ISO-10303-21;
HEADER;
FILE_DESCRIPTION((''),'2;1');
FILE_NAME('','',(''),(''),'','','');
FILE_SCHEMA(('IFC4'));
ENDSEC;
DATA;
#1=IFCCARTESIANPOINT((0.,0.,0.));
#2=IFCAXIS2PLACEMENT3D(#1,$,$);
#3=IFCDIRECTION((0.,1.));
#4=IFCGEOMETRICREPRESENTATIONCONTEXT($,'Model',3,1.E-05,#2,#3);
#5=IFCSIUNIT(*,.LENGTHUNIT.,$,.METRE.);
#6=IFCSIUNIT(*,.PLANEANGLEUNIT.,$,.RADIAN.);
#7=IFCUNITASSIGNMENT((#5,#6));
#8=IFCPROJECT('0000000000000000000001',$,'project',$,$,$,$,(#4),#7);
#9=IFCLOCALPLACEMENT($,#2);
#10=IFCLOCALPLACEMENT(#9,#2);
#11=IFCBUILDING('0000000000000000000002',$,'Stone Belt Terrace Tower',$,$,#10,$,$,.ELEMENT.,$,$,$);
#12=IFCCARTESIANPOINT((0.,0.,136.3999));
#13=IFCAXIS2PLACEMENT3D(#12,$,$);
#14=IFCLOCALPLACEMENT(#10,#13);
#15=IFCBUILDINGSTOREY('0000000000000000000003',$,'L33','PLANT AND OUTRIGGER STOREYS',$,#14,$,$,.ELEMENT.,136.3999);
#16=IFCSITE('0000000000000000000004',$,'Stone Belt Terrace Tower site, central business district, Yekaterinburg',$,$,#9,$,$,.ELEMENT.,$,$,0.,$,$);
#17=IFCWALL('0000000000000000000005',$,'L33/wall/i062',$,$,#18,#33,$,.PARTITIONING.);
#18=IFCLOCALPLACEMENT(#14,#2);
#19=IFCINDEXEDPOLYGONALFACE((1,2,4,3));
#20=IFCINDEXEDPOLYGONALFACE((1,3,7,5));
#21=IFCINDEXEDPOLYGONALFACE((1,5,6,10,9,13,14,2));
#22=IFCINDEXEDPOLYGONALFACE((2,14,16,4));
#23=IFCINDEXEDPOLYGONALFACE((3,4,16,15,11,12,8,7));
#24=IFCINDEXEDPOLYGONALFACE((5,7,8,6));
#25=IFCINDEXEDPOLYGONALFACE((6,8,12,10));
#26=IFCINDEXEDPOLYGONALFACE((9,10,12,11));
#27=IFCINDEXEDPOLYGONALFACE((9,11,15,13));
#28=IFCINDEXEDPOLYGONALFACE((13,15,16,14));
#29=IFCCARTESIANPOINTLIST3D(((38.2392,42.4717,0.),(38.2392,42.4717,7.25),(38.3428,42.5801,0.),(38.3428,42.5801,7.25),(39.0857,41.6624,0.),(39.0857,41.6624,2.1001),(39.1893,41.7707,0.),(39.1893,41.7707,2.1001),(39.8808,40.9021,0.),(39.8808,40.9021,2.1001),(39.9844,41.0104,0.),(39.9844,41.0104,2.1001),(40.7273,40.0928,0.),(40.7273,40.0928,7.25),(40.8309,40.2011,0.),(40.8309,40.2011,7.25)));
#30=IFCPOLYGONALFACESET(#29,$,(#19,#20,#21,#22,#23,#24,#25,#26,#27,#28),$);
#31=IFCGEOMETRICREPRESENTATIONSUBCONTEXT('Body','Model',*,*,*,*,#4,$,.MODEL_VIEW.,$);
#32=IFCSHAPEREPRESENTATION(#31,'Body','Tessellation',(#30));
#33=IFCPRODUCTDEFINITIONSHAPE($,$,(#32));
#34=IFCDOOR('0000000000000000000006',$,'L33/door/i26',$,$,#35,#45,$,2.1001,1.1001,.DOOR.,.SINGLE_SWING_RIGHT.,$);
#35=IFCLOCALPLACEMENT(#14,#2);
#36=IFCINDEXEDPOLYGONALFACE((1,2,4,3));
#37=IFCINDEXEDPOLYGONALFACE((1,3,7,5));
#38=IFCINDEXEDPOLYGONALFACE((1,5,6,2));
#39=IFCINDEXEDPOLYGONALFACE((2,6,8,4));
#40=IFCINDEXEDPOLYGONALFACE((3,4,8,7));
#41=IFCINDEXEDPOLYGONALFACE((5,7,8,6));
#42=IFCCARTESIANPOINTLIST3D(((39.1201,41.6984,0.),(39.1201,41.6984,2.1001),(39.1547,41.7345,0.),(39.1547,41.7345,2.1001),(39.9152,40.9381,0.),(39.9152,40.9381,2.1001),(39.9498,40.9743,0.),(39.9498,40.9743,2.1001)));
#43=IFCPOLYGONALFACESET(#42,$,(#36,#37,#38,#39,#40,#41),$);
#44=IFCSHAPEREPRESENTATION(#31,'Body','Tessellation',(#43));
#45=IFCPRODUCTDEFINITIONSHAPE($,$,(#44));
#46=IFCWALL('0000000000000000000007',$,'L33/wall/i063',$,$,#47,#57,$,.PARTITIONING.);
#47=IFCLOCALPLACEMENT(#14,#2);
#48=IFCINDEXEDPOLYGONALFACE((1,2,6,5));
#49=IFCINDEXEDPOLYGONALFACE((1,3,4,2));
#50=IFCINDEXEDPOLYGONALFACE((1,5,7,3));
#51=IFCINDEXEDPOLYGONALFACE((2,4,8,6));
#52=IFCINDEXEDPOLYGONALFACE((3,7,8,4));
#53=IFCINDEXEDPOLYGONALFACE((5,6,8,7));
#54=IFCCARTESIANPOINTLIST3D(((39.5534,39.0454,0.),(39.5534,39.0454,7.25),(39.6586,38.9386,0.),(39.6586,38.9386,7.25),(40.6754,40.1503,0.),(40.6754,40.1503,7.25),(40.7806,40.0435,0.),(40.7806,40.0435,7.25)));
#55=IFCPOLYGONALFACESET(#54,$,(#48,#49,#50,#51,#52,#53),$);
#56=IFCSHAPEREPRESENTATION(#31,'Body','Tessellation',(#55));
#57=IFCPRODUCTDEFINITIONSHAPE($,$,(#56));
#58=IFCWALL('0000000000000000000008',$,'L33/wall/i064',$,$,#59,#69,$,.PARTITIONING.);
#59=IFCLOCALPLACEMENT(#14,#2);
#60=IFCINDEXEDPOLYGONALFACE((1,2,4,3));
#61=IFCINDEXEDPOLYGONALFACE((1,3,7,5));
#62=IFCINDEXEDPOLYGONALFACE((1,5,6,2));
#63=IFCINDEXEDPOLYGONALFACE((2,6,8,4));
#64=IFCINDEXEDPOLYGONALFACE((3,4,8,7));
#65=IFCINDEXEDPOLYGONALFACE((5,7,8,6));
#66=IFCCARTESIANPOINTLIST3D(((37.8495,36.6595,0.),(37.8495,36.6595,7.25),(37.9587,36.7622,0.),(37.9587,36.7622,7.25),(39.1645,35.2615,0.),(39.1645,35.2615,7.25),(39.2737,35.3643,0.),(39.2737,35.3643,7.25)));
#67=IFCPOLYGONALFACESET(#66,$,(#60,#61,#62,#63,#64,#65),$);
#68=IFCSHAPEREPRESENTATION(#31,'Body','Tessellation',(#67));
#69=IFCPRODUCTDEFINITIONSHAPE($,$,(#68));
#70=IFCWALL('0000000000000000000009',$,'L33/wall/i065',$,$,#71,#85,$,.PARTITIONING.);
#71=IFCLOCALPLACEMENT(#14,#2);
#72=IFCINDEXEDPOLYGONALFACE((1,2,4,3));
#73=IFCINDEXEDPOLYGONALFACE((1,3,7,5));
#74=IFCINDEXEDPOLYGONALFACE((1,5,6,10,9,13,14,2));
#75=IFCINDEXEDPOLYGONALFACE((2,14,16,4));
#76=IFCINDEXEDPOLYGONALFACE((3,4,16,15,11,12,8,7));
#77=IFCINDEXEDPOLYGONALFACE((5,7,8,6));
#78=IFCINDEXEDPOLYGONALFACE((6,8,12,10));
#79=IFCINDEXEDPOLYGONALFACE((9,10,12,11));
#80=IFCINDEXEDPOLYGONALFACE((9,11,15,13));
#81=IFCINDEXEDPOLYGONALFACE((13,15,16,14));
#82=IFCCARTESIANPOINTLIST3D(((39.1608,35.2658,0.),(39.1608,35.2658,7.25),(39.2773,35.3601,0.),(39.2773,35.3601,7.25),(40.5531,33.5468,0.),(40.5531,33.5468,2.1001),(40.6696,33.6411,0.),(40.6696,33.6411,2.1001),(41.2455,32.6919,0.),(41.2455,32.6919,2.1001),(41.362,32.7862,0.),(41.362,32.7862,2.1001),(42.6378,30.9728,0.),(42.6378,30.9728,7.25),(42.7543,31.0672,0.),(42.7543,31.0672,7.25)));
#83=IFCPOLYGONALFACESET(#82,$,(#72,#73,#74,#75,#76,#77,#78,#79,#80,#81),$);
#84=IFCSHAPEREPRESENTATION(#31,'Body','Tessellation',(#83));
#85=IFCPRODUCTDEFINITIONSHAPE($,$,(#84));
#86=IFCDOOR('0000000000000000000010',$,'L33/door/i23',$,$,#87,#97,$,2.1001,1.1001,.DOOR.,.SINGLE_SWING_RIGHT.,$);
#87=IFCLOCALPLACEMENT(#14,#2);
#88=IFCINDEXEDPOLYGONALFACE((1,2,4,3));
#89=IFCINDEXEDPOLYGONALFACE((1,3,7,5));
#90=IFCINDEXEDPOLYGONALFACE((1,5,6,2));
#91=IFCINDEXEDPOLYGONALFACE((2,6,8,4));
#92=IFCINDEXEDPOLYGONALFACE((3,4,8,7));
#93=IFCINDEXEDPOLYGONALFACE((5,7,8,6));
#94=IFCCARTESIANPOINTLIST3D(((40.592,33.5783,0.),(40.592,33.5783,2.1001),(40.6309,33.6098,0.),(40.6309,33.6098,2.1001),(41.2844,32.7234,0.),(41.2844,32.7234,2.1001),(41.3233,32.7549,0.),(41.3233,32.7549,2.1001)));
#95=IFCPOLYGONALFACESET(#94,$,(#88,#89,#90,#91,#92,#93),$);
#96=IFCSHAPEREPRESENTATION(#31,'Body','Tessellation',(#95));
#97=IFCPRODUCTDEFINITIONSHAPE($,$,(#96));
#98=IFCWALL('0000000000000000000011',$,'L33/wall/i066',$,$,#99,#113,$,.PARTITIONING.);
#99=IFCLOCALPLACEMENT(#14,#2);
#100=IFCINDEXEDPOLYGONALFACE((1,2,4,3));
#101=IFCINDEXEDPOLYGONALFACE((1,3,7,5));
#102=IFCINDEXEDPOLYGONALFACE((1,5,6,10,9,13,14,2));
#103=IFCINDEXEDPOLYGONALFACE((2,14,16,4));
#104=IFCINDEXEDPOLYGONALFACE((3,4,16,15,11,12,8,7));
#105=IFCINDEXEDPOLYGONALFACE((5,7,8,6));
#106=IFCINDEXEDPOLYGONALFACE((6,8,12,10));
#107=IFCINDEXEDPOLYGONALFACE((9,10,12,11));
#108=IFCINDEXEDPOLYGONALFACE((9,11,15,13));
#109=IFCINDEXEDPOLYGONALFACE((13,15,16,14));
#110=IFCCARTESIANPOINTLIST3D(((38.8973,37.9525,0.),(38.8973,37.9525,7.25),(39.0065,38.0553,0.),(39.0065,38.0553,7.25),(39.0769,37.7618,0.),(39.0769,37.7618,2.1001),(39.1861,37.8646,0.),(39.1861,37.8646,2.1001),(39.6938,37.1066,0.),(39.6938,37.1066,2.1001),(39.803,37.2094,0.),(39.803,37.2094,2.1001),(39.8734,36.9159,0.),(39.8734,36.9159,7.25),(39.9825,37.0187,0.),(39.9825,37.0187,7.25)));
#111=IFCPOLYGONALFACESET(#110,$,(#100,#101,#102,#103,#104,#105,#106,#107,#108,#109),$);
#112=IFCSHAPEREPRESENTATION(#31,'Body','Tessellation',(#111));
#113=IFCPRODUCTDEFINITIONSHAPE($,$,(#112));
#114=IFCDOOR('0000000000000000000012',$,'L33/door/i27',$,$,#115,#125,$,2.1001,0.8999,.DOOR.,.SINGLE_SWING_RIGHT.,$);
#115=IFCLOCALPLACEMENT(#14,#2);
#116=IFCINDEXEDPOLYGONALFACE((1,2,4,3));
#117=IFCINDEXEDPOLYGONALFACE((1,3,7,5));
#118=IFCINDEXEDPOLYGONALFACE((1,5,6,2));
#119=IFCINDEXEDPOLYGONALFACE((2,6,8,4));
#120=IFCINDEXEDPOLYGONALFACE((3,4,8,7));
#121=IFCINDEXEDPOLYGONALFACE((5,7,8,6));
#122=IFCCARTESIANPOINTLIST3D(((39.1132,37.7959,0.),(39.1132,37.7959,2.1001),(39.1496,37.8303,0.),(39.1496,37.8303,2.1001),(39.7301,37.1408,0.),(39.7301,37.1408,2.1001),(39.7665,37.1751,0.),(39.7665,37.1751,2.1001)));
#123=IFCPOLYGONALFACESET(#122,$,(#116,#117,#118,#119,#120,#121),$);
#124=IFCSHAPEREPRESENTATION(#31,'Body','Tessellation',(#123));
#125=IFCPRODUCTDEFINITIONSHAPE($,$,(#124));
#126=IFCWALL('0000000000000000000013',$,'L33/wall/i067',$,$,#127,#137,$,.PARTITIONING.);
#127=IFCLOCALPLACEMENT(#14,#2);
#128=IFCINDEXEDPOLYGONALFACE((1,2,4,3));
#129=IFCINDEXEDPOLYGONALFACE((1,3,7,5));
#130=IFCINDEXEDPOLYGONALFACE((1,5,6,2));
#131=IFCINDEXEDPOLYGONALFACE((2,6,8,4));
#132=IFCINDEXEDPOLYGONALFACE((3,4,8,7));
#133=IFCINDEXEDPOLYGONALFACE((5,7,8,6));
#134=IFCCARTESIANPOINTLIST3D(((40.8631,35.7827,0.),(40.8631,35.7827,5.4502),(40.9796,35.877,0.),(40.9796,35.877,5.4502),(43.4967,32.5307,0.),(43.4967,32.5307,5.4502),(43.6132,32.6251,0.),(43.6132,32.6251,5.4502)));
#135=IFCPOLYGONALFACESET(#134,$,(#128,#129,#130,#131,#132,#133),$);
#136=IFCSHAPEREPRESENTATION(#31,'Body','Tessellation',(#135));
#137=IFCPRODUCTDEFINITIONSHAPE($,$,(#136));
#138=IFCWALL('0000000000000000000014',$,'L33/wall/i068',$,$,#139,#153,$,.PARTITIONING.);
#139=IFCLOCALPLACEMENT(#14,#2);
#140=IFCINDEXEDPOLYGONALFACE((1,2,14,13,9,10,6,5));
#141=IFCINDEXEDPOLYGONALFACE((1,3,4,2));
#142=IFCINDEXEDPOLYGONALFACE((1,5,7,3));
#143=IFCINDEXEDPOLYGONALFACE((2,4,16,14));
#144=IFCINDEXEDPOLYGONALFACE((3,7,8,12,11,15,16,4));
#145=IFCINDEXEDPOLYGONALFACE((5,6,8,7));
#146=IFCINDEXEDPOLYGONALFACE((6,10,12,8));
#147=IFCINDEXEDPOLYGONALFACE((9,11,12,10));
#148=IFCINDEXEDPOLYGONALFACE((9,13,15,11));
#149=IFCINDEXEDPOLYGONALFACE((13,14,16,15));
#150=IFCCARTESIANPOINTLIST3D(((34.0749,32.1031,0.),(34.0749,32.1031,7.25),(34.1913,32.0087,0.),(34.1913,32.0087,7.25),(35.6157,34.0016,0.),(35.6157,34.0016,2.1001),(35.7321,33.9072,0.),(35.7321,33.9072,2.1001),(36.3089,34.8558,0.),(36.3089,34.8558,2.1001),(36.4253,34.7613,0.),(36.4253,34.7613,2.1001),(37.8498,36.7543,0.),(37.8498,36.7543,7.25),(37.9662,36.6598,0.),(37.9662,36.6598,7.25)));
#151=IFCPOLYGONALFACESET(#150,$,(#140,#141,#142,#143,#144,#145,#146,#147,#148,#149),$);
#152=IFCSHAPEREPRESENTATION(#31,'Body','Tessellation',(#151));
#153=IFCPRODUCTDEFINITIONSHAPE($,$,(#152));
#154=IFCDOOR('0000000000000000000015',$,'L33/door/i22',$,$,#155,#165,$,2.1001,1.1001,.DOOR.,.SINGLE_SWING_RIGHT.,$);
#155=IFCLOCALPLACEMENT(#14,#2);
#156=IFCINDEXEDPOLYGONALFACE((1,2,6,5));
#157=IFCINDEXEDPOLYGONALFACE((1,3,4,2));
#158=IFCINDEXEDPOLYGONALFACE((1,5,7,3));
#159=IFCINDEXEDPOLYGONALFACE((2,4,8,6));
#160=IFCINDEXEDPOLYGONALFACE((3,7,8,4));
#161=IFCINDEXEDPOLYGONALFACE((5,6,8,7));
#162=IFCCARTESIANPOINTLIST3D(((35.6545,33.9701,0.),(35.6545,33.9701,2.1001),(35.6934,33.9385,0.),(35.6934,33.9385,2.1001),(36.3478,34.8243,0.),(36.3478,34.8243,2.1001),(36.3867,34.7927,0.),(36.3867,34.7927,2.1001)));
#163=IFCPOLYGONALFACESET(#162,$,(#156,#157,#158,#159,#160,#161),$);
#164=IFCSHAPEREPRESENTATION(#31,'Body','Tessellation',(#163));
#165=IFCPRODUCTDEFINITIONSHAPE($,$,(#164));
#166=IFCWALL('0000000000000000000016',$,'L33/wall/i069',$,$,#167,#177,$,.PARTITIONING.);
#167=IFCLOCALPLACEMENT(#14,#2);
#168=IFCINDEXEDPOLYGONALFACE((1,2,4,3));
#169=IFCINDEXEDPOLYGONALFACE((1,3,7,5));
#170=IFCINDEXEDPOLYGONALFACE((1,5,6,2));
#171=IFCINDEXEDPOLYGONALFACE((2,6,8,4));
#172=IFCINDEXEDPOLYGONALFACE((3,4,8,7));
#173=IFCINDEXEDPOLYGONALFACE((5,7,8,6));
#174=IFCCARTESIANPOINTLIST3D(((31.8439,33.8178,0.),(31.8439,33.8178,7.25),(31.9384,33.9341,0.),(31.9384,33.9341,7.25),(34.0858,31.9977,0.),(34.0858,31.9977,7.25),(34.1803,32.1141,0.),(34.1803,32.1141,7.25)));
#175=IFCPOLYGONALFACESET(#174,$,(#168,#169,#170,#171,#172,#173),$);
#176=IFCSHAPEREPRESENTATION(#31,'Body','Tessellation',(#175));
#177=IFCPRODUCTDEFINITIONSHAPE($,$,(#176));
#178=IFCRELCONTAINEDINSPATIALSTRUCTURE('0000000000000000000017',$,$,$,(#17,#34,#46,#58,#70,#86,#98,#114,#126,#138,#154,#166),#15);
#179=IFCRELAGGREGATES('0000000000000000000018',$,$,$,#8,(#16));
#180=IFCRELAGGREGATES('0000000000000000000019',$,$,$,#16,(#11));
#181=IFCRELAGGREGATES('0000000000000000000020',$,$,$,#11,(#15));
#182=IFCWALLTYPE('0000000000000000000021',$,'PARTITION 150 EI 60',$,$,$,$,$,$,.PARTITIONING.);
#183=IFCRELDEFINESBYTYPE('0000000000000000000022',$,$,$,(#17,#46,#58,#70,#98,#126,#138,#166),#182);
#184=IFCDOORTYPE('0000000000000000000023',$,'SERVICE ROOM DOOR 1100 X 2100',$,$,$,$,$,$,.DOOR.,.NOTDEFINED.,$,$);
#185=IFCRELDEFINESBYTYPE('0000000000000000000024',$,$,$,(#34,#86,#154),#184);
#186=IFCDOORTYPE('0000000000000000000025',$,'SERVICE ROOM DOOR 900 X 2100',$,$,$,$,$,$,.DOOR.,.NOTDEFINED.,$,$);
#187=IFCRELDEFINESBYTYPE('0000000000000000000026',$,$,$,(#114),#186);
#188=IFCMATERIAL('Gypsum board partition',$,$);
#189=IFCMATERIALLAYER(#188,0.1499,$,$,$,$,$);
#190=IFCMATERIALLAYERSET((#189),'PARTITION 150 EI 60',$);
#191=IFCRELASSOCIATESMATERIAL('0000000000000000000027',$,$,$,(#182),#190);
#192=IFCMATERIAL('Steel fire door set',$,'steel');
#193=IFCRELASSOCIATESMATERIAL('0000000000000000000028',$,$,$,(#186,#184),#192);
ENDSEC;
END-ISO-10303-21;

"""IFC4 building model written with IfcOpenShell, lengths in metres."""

from ifc_helpers import new_model, si_unit, direction, frame, frame_2d, origin, place, context, subcontext, project, spatial, rectangle, extrude, material, layer, layer_set, type_object, element, fill, save


model = new_model("IFC4")

# Units and contexts
model_context = context("Model", 3, precision=1e-05, world=origin(), true_north=direction((0.0, 1.0)))
body_context = subcontext(model_context, "Body", "Model", "MODEL_VIEW")
ifc_project = project(units=[si_unit("LENGTHUNIT", "METRE"), si_unit("PLANEANGLEUNIT", "RADIAN")], contexts=[model_context])

# Site, building, storey
site_placement = place(None, origin())
site = spatial("IfcSite", under=ifc_project, at=site_placement, Name="Stone Belt Terrace Tower site, central business district, Yekaterinburg", CompositionType="ELEMENT", RefElevation=0.0)
building_placement = place(site_placement, origin())
building = spatial("IfcBuilding", under=site, at=building_placement, Name="Stone Belt Terrace Tower", CompositionType="ELEMENT")
storey_placement = place(building_placement, frame((0.0, 0.0, 136.3999)))
storey = spatial("IfcBuildingStorey", under=building, at=storey_placement, Name="L33", Description="PLANT AND OUTRIGGER STOREYS", CompositionType="ELEMENT", Elevation=136.3999)

# Shared definitions
ifc_material_1 = material(Name="Gypsum board partition")
ifc_layer_1 = layer(ifc_material_1, 0.1499)
ifc_layer_set_1 = layer_set([ifc_layer_1], Name="PARTITION 150 EI 60")
wall_type = type_object("IfcWallType", Name="PARTITION 150 EI 60", PredefinedType="PARTITIONING", material=ifc_layer_set_1)
ifc_material_2 = material(Name="Steel fire door set", Category="steel")
door_type_1 = type_object("IfcDoorType", Name="SERVICE ROOM DOOR 900 X 2100", OperationType="NOTDEFINED", PredefinedType="DOOR", material=ifc_material_2)

# Wall, opening, door
wall_1_placement = place(storey_placement, frame((38.291, 42.5259, 0.0), z_axis=(0.0, 0.0, 1.0), x_axis=(0.72278, -0.691078, 0.0)))
wall_1 = element("IfcWall", 1, at=wall_1_placement, inside=storey, type_object=wall_type, Name="L33/wall/i062", PredefinedType="PARTITIONING", context=body_context, shape_type="SweptSolid", body=[
    extrude(rectangle(XDim=3.4424, YDim=0.1499, at=frame_2d((1.7212, 0.0))), origin(), (0.0, 0.0, 1.0), 7.25),
])
opening_1_placement = place(wall_1_placement, frame((1.1711, 0.0, 0.0)))
opening_1 = element("IfcOpeningElement", 2, at=opening_1_placement, cuts=wall_1, PredefinedType="OPENING", context=body_context, shape_type="SweptSolid", body=[
    extrude(rectangle(XDim=1.1001, YDim=2.1001, at=frame_2d((0.55, 1.05))), frame((0.0, 0.085, 0.0), z_axis=(0.0, -1.0, 0.0), x_axis=(1.0, 0.0, 0.0)), (0.0, 0.0, 1.0), 0.1699),
])
door_type_2 = type_object("IfcDoorType", Name="SERVICE ROOM DOOR 1100 X 2100", OperationType="NOTDEFINED", PredefinedType="DOOR", material=ifc_material_2)
door_1_placement = place(opening_1_placement, origin())
door_1 = element("IfcDoor", 3, at=door_1_placement, inside=storey, type_object=door_type_2, Name="L33/door/i26", OperationType="SINGLE_SWING_RIGHT", OverallHeight=2.1001, OverallWidth=1.1001, PredefinedType="DOOR", context=body_context, shape_type="SweptSolid", body=[
    extrude(rectangle(XDim=1.1001, YDim=2.1001, at=frame_2d((0.55, 1.05))), frame((0.0, 0.0249, 0.0), z_axis=(0.0, -1.0, 0.0), x_axis=(1.0, 0.0, 0.0)), (0.0, 0.0, 1.0), 0.05),
])
fill(opening_1, door_1)

# Walls
wall_2_placement = place(storey_placement, frame((40.728, 40.0969, 0.0), z_axis=(0.0, 0.0, 1.0), x_axis=(-0.712512, -0.70166, 0.0)))
element("IfcWall", 4, at=wall_2_placement, inside=storey, type_object=wall_type, Name="L33/wall/i063", PredefinedType="PARTITIONING", context=body_context, shape_type="SweptSolid", body=[
    extrude(rectangle(XDim=1.5747, YDim=0.1499, at=frame_2d((0.7874, 0.0))), origin(), (0.0, 0.0, 1.0), 7.25),
])
wall_3_placement = place(storey_placement, frame((39.219, 35.313, 0.0), z_axis=(0.0, 0.0, 1.0), x_axis=(-0.68515, 0.728402, 0.0)))
element("IfcWall", 5, at=wall_3_placement, inside=storey, type_object=wall_type, Name="L33/wall/i064", PredefinedType="PARTITIONING", context=body_context, shape_type="SweptSolid", body=[
    extrude(rectangle(XDim=1.9192, YDim=0.1499, at=frame_2d((0.9595, 0.0))), origin(), (0.0, 0.0, 1.0), 7.25),
])

# Walls, openings, doors
wall_4_placement = place(storey_placement, frame((42.696, 31.02, 0.0), z_axis=(0.0, 0.0, 1.0), x_axis=(-0.629394, 0.777086, 0.0)))
wall_4 = element("IfcWall", 6, at=wall_4_placement, inside=storey, type_object=wall_type, Name="L33/wall/i065", PredefinedType="PARTITIONING", context=body_context, shape_type="SweptSolid", body=[
    extrude(rectangle(XDim=5.5244, YDim=0.1499, at=frame_2d((2.7622, 0.0))), origin(), (0.0, 0.0, 1.0), 7.25),
])
opening_2_placement = place(wall_4_placement, frame((2.2122, 0.0, 0.0)))
opening_2 = element("IfcOpeningElement", 7, at=opening_2_placement, cuts=wall_4, PredefinedType="OPENING", context=body_context, shape_type="SweptSolid", body=[
    extrude(rectangle(XDim=1.1001, YDim=2.1001, at=frame_2d((0.55, 1.05))), frame((0.0, 0.085, 0.0), z_axis=(0.0, -1.0, 0.0), x_axis=(1.0, 0.0, 0.0)), (0.0, 0.0, 1.0), 0.1699),
])
door_2_placement = place(opening_2_placement, origin())
door_2 = element("IfcDoor", 8, at=door_2_placement, inside=storey, type_object=door_type_2, Name="L33/door/i23", OperationType="SINGLE_SWING_RIGHT", OverallHeight=2.1001, OverallWidth=1.1001, PredefinedType="DOOR", context=body_context, shape_type="SweptSolid", body=[
    extrude(rectangle(XDim=1.1001, YDim=2.1001, at=frame_2d((0.55, 1.05))), frame((0.0, 0.0249, 0.0), z_axis=(0.0, -1.0, 0.0), x_axis=(1.0, 0.0, 0.0)), (0.0, 0.0, 1.0), 0.05),
])
fill(opening_2, door_2)
wall_5_placement = place(storey_placement, frame((38.9519, 38.0039, 0.0), z_axis=(0.0, 0.0, 1.0), x_axis=(0.685525, -0.728049, 0.0)))
wall_5 = element("IfcWall", 9, at=wall_5_placement, inside=storey, type_object=wall_type, Name="L33/wall/i066", PredefinedType="PARTITIONING", context=body_context, shape_type="SweptSolid", body=[
    extrude(rectangle(XDim=1.4238, YDim=0.1499, at=frame_2d((0.7119, 0.0))), origin(), (0.0, 0.0, 1.0), 7.25),
])
opening_3_placement = place(wall_5_placement, frame((0.262, 0.0, 0.0)))
opening_3 = element("IfcOpeningElement", 10, at=opening_3_placement, cuts=wall_5, PredefinedType="OPENING", context=body_context, shape_type="SweptSolid", body=[
    extrude(rectangle(XDim=0.8999, YDim=2.1001, at=frame_2d((0.45, 1.05))), frame((0.0, 0.085, 0.0), z_axis=(0.0, -1.0, 0.0), x_axis=(1.0, 0.0, 0.0)), (0.0, 0.0, 1.0), 0.1699),
])
door_3_placement = place(opening_3_placement, origin())
door_3 = element("IfcDoor", 11, at=door_3_placement, inside=storey, type_object=door_type_1, Name="L33/door/i27", OperationType="SINGLE_SWING_RIGHT", OverallHeight=2.1001, OverallWidth=0.8999, PredefinedType="DOOR", context=body_context, shape_type="SweptSolid", body=[
    extrude(rectangle(XDim=0.8999, YDim=2.1001, at=frame_2d((0.45, 1.05))), frame((0.0, 0.0249, 0.0), z_axis=(0.0, -1.0, 0.0), x_axis=(1.0, 0.0, 0.0)), (0.0, 0.0, 1.0), 0.05),
])
fill(opening_3, door_3)

# Wall
wall_6_placement = place(storey_placement, frame((40.9214, 35.8298, 0.0), z_axis=(0.0, 0.0, 1.0), x_axis=(0.629344, -0.777127, 0.0)))
element("IfcWall", 12, at=wall_6_placement, inside=storey, type_object=wall_type, Name="L33/wall/i067", PredefinedType="PARTITIONING", context=body_context, shape_type="SweptSolid", body=[
    extrude(rectangle(XDim=4.1846, YDim=0.1499, at=frame_2d((2.0923, 0.0))), origin(), (0.0, 0.0, 1.0), 5.4502),
])

# Wall, opening, door
wall_7_placement = place(storey_placement, frame((34.1331, 32.0559, 0.0), z_axis=(0.0, 0.0, 1.0), x_axis=(0.630177, 0.776452, 0.0)))
wall_7 = element("IfcWall", 13, at=wall_7_placement, inside=storey, type_object=wall_type, Name="L33/wall/i068", PredefinedType="PARTITIONING", context=body_context, shape_type="SweptSolid", body=[
    extrude(rectangle(XDim=5.9902, YDim=0.1499, at=frame_2d((2.9951, 0.0))), origin(), (0.0, 0.0, 1.0), 7.25),
])
opening_4_placement = place(wall_7_placement, frame((2.4451, 0.0, 0.0)))
opening_4 = element("IfcOpeningElement", 14, at=opening_4_placement, cuts=wall_7, PredefinedType="OPENING", context=body_context, shape_type="SweptSolid", body=[
    extrude(rectangle(XDim=1.1001, YDim=2.1001, at=frame_2d((0.55, 1.05))), frame((0.0, 0.085, 0.0), z_axis=(0.0, -1.0, 0.0), x_axis=(1.0, 0.0, 0.0)), (0.0, 0.0, 1.0), 0.1699),
])
door_4_placement = place(opening_4_placement, origin())
door_4 = element("IfcDoor", 15, at=door_4_placement, inside=storey, type_object=door_type_2, Name="L33/door/i22", OperationType="SINGLE_SWING_RIGHT", OverallHeight=2.1001, OverallWidth=1.1001, PredefinedType="DOOR", context=body_context, shape_type="SweptSolid", body=[
    extrude(rectangle(XDim=1.1001, YDim=2.1001, at=frame_2d((0.55, 1.05))), frame((0.0, 0.0249, 0.0), z_axis=(0.0, -1.0, 0.0), x_axis=(1.0, 0.0, 0.0)), (0.0, 0.0, 1.0), 0.05),
])
fill(opening_4, door_4)

# Wall
wall_8_placement = place(storey_placement, frame((34.1331, 32.0559, 0.0), z_axis=(0.0, 0.0, 1.0), x_axis=(-0.77637, 0.630277, 0.0)))
element("IfcWall", 16, at=wall_8_placement, inside=storey, type_object=wall_type, Name="L33/wall/i069", PredefinedType="PARTITIONING", context=body_context, shape_type="SweptSolid", body=[
    extrude(rectangle(XDim=2.8877, YDim=0.1499, at=frame_2d((1.4438, 0.0))), origin(), (0.0, 0.0, 1.0), 7.25),
])

save(model, "model.ifc")
